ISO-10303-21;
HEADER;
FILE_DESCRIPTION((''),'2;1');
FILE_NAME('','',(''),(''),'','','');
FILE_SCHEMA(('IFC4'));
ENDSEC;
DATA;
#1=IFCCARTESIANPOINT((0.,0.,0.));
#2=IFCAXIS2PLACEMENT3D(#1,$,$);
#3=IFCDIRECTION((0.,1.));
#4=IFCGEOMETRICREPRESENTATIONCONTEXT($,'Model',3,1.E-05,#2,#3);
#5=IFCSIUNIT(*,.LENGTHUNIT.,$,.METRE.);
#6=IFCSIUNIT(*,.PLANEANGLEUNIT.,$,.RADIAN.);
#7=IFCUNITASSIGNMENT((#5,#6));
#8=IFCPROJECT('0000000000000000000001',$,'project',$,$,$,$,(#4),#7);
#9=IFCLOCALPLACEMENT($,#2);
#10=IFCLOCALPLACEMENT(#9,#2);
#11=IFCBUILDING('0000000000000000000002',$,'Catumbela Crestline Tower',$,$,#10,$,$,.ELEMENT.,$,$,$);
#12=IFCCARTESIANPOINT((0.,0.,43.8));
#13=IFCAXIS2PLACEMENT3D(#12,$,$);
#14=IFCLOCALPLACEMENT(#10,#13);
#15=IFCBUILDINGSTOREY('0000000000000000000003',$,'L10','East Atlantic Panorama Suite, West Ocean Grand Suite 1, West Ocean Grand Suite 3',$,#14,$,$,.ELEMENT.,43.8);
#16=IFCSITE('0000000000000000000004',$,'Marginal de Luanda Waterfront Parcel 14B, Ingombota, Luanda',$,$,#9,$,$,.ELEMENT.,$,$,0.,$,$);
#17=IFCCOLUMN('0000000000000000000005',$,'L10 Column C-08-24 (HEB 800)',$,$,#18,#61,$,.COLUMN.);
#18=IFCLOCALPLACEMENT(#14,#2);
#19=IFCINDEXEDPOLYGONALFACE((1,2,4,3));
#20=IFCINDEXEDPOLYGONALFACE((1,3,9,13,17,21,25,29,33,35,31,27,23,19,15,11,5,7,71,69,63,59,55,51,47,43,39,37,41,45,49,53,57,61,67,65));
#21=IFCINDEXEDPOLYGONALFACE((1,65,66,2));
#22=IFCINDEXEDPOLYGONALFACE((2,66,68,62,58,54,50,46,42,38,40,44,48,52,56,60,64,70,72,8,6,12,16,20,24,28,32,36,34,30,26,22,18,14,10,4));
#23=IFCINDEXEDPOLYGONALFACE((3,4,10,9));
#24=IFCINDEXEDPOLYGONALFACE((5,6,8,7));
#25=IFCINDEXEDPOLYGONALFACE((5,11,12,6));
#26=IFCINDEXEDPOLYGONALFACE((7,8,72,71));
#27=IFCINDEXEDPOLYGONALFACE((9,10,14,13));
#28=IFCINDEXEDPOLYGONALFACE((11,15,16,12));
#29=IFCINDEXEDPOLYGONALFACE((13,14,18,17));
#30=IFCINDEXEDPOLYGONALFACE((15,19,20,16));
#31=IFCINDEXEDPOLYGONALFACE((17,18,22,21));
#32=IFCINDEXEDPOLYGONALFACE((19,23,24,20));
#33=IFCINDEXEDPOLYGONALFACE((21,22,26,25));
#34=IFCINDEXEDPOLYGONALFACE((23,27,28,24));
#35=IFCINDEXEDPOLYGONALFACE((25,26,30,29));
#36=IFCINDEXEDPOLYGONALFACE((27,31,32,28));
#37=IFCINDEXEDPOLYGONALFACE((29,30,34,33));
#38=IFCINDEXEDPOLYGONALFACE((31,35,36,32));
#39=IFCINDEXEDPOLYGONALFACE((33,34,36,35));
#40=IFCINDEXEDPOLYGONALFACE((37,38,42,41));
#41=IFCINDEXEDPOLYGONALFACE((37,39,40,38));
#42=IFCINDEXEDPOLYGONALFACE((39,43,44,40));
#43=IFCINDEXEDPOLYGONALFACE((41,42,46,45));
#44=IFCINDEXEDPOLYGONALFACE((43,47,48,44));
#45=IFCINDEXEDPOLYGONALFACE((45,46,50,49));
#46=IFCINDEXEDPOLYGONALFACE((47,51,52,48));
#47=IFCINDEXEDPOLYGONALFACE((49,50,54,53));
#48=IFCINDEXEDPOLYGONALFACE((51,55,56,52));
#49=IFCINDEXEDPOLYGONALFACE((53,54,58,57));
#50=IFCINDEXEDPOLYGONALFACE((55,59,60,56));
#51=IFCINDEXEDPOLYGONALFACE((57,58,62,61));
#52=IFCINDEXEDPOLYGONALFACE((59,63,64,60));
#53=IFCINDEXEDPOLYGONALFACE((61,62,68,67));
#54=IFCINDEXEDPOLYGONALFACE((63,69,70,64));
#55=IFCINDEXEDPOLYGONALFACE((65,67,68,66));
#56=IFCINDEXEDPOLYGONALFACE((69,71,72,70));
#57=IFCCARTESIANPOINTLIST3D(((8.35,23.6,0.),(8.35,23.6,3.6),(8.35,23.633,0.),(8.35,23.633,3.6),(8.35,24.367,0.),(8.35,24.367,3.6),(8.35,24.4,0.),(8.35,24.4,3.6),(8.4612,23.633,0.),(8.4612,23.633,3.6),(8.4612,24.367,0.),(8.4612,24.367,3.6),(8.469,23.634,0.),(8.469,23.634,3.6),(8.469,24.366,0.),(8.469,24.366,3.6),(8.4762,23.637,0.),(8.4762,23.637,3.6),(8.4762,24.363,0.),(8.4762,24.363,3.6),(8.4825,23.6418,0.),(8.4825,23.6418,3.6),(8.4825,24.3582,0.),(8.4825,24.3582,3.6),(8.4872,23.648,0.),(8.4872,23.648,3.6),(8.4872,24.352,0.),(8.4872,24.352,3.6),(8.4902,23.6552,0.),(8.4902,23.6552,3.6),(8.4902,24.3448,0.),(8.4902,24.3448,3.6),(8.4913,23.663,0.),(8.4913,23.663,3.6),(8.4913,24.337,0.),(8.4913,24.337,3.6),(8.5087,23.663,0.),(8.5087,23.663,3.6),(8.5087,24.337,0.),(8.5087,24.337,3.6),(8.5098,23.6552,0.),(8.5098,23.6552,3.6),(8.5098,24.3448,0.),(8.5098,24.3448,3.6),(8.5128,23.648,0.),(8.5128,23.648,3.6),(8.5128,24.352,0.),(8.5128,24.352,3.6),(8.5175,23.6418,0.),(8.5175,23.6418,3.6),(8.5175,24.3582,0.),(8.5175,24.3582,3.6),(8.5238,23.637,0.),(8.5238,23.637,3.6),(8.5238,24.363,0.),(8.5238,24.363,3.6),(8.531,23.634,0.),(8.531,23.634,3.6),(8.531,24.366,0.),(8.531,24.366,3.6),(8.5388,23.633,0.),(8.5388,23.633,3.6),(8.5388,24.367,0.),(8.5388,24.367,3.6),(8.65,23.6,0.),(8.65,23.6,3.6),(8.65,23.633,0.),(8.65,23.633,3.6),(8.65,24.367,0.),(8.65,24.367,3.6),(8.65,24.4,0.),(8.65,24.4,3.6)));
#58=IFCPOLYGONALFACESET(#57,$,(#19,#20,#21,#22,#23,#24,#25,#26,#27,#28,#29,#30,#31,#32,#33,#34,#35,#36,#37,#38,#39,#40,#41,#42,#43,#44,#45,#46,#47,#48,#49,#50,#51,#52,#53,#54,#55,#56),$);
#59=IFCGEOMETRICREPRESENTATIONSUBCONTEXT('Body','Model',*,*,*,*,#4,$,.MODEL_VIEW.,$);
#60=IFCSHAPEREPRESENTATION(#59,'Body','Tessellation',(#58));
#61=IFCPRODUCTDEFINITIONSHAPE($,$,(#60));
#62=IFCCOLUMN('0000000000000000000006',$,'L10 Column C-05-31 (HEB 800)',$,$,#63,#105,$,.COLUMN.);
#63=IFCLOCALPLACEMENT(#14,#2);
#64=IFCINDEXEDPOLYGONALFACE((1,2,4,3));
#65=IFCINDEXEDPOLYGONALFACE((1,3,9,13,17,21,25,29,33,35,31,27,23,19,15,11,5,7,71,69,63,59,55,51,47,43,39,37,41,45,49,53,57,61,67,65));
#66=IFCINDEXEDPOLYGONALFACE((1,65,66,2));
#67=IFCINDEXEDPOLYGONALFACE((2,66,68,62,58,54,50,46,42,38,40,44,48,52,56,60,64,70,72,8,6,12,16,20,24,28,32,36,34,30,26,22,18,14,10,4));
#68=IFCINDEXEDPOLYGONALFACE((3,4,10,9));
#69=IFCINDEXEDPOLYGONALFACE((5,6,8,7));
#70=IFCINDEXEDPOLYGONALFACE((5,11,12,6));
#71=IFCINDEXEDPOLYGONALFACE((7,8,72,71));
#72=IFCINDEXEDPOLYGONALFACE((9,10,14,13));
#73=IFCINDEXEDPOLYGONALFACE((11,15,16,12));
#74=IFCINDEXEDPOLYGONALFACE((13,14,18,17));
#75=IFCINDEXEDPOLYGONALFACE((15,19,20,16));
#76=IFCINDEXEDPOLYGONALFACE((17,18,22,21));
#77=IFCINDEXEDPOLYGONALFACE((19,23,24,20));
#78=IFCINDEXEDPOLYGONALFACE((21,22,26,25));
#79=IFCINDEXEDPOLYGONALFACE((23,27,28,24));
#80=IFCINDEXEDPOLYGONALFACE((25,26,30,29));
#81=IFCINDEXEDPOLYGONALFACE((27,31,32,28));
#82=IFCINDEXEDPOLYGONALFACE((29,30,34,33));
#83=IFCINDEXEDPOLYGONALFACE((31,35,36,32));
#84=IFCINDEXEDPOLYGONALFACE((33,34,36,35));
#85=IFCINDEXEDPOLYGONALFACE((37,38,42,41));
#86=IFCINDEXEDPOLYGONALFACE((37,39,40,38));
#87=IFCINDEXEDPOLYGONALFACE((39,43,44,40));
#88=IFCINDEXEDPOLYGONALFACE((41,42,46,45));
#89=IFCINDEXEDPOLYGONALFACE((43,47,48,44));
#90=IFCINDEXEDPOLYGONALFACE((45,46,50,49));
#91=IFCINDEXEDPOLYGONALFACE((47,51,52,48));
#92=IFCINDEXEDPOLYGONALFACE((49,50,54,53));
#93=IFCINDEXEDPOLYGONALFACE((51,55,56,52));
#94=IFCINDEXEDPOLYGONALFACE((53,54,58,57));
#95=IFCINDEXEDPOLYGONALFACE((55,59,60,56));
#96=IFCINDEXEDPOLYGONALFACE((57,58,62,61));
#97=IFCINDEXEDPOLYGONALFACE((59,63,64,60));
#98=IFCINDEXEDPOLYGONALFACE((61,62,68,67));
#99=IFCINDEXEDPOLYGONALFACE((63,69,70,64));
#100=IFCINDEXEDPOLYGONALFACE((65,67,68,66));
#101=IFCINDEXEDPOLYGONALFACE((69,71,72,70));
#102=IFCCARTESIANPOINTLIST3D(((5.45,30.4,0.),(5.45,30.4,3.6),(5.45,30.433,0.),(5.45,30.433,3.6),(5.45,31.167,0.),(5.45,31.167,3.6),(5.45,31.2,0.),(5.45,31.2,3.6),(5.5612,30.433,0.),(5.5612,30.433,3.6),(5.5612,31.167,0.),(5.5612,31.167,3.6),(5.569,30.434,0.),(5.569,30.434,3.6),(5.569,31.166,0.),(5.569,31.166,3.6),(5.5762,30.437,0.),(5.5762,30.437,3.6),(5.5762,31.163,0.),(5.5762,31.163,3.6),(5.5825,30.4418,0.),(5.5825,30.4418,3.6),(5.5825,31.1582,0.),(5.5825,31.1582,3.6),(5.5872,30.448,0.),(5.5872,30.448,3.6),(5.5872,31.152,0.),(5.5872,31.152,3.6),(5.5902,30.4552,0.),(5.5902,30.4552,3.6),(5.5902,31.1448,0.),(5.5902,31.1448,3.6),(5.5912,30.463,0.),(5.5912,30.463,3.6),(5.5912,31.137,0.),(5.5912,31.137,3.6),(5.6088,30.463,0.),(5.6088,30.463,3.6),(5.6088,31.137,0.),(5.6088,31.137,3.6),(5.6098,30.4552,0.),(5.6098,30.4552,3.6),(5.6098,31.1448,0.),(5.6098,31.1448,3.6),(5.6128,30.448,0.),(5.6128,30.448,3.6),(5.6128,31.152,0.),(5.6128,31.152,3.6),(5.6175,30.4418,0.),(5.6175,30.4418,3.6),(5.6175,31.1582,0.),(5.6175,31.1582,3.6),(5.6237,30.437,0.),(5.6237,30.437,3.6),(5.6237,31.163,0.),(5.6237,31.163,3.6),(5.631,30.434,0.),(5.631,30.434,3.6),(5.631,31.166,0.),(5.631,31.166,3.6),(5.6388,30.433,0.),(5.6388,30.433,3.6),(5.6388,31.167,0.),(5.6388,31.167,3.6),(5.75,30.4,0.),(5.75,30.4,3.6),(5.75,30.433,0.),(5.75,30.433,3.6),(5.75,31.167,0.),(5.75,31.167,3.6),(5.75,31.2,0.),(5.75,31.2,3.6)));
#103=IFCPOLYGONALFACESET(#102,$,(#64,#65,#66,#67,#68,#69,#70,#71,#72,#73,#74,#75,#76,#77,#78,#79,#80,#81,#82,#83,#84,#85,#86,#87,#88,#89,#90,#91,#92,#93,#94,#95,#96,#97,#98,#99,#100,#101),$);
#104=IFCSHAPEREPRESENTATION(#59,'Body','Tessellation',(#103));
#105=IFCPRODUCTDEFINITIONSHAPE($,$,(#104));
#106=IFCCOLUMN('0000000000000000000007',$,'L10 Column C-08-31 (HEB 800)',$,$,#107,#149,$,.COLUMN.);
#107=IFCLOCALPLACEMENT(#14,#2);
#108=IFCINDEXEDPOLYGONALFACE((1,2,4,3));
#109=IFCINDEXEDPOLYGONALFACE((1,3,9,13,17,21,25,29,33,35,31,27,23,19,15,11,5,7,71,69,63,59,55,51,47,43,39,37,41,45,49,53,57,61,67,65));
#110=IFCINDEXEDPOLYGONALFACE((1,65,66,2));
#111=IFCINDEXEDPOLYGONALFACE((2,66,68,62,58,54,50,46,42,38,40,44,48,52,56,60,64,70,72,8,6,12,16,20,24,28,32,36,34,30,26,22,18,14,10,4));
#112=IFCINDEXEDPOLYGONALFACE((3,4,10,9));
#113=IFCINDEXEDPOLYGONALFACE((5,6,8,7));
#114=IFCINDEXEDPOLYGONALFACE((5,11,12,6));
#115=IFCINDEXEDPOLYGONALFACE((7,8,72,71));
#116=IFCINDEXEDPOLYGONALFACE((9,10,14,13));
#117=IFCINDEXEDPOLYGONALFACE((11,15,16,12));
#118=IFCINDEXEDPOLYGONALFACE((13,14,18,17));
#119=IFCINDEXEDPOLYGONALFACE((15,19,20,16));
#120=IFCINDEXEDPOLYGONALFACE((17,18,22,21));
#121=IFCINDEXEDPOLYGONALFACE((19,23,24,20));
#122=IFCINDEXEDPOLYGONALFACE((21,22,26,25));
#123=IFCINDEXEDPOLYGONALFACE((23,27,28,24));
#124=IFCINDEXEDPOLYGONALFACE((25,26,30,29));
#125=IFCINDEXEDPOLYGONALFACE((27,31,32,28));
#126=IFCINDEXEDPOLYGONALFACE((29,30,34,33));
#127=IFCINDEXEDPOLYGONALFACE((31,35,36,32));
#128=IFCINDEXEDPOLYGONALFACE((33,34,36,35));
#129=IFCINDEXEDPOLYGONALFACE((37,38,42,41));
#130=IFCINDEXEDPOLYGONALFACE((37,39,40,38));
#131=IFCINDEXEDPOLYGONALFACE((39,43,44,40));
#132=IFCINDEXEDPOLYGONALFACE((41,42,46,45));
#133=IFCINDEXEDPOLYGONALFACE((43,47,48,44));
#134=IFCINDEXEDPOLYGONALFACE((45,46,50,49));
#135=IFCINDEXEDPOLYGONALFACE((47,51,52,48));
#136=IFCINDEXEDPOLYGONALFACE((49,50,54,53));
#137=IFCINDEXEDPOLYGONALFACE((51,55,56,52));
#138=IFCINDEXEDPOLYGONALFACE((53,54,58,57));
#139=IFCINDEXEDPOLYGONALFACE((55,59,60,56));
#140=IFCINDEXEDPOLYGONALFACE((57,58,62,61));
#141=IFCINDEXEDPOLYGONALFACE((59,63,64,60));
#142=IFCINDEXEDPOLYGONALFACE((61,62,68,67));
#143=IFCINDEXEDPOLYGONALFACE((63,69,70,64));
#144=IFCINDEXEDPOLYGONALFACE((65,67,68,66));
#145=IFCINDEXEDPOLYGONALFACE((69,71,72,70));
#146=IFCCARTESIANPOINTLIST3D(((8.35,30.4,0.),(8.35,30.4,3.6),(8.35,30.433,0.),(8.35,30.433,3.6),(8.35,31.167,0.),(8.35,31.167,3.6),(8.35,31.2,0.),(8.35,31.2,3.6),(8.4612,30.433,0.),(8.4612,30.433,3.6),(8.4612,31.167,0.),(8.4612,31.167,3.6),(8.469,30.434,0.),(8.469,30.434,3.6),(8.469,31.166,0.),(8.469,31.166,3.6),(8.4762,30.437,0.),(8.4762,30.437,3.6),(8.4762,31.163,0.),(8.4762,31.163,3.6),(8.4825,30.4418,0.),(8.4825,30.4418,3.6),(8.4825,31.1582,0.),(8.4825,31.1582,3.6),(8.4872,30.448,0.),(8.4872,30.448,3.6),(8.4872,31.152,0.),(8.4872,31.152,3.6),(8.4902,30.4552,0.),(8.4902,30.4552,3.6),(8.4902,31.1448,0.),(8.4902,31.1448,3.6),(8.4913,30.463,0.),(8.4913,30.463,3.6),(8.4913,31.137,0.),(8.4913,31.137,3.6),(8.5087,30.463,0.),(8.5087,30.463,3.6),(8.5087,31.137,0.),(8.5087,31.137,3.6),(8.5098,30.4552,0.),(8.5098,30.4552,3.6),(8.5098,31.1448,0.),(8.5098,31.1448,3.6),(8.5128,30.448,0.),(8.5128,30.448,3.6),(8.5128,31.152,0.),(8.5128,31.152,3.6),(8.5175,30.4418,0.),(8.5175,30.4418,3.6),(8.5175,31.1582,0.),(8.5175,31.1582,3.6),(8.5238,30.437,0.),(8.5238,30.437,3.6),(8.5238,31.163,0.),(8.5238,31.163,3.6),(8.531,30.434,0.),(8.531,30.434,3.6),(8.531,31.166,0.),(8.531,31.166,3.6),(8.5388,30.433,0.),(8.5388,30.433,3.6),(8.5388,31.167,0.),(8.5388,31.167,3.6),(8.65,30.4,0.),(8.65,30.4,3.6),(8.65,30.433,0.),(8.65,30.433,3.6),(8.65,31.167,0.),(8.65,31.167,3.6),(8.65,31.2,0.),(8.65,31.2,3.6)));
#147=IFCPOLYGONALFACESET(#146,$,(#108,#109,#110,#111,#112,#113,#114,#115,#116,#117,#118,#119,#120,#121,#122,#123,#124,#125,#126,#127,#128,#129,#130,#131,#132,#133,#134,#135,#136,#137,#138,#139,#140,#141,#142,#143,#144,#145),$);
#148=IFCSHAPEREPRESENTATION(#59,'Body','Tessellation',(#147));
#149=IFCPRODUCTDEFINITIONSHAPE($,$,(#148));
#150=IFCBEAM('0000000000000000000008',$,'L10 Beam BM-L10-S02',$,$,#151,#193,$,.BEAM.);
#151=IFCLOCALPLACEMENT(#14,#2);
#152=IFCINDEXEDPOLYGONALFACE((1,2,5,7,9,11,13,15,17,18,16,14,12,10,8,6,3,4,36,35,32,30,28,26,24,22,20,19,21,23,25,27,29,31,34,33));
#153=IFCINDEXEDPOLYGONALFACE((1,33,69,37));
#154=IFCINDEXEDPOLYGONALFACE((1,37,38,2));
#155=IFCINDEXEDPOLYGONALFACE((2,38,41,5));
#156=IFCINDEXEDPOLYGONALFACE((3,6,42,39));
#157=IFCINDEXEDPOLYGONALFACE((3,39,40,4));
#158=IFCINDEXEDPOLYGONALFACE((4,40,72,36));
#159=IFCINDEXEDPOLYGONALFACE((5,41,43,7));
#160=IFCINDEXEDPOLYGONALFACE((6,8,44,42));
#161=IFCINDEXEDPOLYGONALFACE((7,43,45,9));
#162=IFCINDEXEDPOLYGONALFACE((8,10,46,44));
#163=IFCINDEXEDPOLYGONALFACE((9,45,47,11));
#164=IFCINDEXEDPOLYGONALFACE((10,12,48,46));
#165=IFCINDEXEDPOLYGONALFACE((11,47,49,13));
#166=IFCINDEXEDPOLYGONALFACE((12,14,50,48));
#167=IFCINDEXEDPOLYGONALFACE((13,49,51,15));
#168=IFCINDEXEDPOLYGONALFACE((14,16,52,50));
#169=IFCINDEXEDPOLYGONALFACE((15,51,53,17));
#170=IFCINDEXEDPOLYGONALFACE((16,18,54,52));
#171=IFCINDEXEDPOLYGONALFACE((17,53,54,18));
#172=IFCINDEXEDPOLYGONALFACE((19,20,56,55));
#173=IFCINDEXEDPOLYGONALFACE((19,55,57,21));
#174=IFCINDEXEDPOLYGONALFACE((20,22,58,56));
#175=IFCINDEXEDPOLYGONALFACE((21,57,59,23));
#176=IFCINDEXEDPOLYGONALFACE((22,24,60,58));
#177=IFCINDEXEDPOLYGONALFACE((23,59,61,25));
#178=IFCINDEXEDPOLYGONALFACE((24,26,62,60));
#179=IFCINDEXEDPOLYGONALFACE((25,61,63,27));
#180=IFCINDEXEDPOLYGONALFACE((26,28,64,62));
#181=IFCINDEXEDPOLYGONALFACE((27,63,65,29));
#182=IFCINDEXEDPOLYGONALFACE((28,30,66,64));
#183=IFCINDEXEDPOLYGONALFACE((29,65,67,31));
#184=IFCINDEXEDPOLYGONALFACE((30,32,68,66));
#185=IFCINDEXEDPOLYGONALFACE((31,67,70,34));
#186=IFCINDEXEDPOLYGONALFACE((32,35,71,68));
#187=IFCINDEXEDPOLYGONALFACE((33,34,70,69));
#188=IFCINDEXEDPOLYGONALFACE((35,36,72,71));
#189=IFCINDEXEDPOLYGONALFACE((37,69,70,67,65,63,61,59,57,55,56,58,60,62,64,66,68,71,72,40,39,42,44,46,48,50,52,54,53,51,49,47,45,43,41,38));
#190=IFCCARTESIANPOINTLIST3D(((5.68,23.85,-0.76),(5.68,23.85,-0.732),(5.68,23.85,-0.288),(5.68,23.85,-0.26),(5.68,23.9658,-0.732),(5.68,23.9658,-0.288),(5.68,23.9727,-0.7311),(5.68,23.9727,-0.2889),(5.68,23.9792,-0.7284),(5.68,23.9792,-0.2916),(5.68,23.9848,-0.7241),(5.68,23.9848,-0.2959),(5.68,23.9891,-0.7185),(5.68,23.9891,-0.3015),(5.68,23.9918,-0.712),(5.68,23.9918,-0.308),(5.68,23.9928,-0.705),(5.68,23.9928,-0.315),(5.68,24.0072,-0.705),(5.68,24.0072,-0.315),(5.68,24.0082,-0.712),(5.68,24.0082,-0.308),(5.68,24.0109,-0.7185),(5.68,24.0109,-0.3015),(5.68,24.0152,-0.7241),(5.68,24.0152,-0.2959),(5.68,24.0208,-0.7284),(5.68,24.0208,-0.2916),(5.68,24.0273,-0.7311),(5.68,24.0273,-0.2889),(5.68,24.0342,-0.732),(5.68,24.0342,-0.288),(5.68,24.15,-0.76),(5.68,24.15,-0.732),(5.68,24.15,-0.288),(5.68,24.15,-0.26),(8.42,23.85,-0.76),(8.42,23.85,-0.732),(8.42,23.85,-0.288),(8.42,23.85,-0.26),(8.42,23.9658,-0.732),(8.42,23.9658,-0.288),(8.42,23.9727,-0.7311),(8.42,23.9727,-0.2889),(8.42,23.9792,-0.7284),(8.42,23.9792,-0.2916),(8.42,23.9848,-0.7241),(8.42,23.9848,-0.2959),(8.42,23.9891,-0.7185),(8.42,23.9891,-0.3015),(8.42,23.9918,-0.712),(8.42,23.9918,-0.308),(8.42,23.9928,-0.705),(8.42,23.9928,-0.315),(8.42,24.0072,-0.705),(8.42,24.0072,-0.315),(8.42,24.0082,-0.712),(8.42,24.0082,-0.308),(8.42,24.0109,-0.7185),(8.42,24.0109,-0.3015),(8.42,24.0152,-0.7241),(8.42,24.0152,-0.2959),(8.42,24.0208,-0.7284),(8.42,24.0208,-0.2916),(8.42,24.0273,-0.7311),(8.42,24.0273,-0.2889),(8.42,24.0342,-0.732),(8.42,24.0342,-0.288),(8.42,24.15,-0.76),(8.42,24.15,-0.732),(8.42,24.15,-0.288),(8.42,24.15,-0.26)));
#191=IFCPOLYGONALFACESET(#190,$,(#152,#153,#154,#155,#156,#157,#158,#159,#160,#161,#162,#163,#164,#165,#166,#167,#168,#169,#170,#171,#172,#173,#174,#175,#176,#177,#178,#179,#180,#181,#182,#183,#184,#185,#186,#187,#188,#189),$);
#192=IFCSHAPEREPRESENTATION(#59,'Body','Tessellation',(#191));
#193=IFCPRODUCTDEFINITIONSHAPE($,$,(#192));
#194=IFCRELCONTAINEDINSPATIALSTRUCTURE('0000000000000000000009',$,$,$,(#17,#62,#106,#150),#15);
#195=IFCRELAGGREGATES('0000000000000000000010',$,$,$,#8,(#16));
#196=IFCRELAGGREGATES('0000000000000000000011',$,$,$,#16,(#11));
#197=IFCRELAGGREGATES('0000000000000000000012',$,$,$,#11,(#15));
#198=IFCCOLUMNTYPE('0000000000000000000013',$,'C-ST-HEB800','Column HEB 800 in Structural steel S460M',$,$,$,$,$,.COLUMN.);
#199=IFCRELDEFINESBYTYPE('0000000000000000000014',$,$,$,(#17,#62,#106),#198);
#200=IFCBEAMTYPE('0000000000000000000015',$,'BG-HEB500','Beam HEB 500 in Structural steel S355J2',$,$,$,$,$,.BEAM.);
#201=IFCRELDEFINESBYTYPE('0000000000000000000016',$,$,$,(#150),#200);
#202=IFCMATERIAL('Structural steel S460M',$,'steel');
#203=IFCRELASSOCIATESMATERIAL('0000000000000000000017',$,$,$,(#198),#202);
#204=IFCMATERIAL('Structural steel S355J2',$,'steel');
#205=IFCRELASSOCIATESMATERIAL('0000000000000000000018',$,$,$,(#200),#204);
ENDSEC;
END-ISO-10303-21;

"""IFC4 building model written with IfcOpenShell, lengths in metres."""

from ifc_helpers import new_model, si_unit, direction, frame, origin, origin_2d, place, context, subcontext, project, spatial, i_section, extrude, material, material_profile, profile_set, type_object, element, save


model = new_model("IFC4")

# Units and contexts
model_context = context("Model", 3, precision=1e-05, world=origin(), true_north=direction((0.0, 1.0)))
body_context = subcontext(model_context, "Body", "Model", "MODEL_VIEW")
ifc_project = project(units=[si_unit("LENGTHUNIT", "METRE"), si_unit("PLANEANGLEUNIT", "RADIAN")], contexts=[model_context])

# Site, building, storey
site_placement = place(None, origin())
site = spatial("IfcSite", under=ifc_project, at=site_placement, Name="Marginal de Luanda Waterfront Parcel 14B, Ingombota, Luanda", CompositionType="ELEMENT", RefElevation=0.0)
building_placement = place(site_placement, origin())
building = spatial("IfcBuilding", under=site, at=building_placement, Name="Catumbela Crestline Tower", CompositionType="ELEMENT")
storey_placement = place(building_placement, frame((0.0, 0.0, 43.8)))
storey = spatial("IfcBuildingStorey", under=building, at=storey_placement, Name="L10", Description="East Atlantic Panorama Suite, West Ocean Grand Suite 1, West Ocean Grand Suite 3", CompositionType="ELEMENT", Elevation=43.8)

# Columns
ifc_material_1 = material(Name="Structural steel S460M", Category="steel")
ifc_material_profile_1 = material_profile(ifc_material_1, i_section(OverallWidth=0.3, OverallDepth=0.8, WebThickness=0.0175, FlangeThickness=0.033, FilletRadius=0.03, at=origin_2d()), Name="HEB 800")
ifc_profile_set_1 = profile_set([ifc_material_profile_1], Name="Structural steel S460M")
column_type = type_object("IfcColumnType", Name="C-ST-HEB800", Description="Column HEB 800 in Structural steel S460M", PredefinedType="COLUMN", material=ifc_profile_set_1)
for number, where, z_axis, x_axis, name in (
    (1, (8.5, 24.0, 0.0), (0.0, 0.0, 1.0), (1.0, 0.0, 0.0), "L10 Column C-08-24 (HEB 800)"),
    (2, (5.6, 30.8, 0.0), (0.0, 0.0, 1.0), (1.0, 0.0, 0.0), "L10 Column C-05-31 (HEB 800)"),
    (3, (8.5, 30.8, 0.0), (0.0, 0.0, 1.0), (1.0, 0.0, 0.0), "L10 Column C-08-31 (HEB 800)"),
):
    element("IfcColumn", number, at=place(storey_placement, frame(where, z_axis=z_axis, x_axis=x_axis)), inside=storey, type_object=column_type, Name=name, PredefinedType="COLUMN", context=body_context, shape_type="SweptSolid", body=[
        extrude(i_section(OverallWidth=0.3, OverallDepth=0.8, WebThickness=0.0175, FlangeThickness=0.033, FilletRadius=0.03, at=origin_2d()), origin(), (0.0, 0.0, 1.0), 3.6),
    ])

# Beam
ifc_material_2 = material(Name="Structural steel S355J2", Category="steel")
ifc_material_profile_2 = material_profile(ifc_material_2, i_section(OverallWidth=0.3, OverallDepth=0.5, WebThickness=0.0145, FlangeThickness=0.028, FilletRadius=0.027, at=origin_2d()), Name="HEB 500")
ifc_profile_set_2 = profile_set([ifc_material_profile_2], Name="Structural steel S355J2")
beam_type = type_object("IfcBeamType", Name="BG-HEB500", Description="Beam HEB 500 in Structural steel S355J2", PredefinedType="BEAM", material=ifc_profile_set_2)
beam_1_placement = place(storey_placement, frame((5.68, 24.0, -0.51), z_axis=(1.0, 0.0, 0.0), x_axis=(0.0, 1.0, 0.0)))
element("IfcBeam", 4, at=beam_1_placement, inside=storey, type_object=beam_type, Name="L10 Beam BM-L10-S02", PredefinedType="BEAM", context=body_context, shape_type="SweptSolid", body=[
    extrude(i_section(OverallWidth=0.3, OverallDepth=0.5, WebThickness=0.0145, FlangeThickness=0.028, FilletRadius=0.027, at=origin_2d()), origin(), (0.0, 0.0, 1.0), 2.74),
])

save(model, "model.ifc")
